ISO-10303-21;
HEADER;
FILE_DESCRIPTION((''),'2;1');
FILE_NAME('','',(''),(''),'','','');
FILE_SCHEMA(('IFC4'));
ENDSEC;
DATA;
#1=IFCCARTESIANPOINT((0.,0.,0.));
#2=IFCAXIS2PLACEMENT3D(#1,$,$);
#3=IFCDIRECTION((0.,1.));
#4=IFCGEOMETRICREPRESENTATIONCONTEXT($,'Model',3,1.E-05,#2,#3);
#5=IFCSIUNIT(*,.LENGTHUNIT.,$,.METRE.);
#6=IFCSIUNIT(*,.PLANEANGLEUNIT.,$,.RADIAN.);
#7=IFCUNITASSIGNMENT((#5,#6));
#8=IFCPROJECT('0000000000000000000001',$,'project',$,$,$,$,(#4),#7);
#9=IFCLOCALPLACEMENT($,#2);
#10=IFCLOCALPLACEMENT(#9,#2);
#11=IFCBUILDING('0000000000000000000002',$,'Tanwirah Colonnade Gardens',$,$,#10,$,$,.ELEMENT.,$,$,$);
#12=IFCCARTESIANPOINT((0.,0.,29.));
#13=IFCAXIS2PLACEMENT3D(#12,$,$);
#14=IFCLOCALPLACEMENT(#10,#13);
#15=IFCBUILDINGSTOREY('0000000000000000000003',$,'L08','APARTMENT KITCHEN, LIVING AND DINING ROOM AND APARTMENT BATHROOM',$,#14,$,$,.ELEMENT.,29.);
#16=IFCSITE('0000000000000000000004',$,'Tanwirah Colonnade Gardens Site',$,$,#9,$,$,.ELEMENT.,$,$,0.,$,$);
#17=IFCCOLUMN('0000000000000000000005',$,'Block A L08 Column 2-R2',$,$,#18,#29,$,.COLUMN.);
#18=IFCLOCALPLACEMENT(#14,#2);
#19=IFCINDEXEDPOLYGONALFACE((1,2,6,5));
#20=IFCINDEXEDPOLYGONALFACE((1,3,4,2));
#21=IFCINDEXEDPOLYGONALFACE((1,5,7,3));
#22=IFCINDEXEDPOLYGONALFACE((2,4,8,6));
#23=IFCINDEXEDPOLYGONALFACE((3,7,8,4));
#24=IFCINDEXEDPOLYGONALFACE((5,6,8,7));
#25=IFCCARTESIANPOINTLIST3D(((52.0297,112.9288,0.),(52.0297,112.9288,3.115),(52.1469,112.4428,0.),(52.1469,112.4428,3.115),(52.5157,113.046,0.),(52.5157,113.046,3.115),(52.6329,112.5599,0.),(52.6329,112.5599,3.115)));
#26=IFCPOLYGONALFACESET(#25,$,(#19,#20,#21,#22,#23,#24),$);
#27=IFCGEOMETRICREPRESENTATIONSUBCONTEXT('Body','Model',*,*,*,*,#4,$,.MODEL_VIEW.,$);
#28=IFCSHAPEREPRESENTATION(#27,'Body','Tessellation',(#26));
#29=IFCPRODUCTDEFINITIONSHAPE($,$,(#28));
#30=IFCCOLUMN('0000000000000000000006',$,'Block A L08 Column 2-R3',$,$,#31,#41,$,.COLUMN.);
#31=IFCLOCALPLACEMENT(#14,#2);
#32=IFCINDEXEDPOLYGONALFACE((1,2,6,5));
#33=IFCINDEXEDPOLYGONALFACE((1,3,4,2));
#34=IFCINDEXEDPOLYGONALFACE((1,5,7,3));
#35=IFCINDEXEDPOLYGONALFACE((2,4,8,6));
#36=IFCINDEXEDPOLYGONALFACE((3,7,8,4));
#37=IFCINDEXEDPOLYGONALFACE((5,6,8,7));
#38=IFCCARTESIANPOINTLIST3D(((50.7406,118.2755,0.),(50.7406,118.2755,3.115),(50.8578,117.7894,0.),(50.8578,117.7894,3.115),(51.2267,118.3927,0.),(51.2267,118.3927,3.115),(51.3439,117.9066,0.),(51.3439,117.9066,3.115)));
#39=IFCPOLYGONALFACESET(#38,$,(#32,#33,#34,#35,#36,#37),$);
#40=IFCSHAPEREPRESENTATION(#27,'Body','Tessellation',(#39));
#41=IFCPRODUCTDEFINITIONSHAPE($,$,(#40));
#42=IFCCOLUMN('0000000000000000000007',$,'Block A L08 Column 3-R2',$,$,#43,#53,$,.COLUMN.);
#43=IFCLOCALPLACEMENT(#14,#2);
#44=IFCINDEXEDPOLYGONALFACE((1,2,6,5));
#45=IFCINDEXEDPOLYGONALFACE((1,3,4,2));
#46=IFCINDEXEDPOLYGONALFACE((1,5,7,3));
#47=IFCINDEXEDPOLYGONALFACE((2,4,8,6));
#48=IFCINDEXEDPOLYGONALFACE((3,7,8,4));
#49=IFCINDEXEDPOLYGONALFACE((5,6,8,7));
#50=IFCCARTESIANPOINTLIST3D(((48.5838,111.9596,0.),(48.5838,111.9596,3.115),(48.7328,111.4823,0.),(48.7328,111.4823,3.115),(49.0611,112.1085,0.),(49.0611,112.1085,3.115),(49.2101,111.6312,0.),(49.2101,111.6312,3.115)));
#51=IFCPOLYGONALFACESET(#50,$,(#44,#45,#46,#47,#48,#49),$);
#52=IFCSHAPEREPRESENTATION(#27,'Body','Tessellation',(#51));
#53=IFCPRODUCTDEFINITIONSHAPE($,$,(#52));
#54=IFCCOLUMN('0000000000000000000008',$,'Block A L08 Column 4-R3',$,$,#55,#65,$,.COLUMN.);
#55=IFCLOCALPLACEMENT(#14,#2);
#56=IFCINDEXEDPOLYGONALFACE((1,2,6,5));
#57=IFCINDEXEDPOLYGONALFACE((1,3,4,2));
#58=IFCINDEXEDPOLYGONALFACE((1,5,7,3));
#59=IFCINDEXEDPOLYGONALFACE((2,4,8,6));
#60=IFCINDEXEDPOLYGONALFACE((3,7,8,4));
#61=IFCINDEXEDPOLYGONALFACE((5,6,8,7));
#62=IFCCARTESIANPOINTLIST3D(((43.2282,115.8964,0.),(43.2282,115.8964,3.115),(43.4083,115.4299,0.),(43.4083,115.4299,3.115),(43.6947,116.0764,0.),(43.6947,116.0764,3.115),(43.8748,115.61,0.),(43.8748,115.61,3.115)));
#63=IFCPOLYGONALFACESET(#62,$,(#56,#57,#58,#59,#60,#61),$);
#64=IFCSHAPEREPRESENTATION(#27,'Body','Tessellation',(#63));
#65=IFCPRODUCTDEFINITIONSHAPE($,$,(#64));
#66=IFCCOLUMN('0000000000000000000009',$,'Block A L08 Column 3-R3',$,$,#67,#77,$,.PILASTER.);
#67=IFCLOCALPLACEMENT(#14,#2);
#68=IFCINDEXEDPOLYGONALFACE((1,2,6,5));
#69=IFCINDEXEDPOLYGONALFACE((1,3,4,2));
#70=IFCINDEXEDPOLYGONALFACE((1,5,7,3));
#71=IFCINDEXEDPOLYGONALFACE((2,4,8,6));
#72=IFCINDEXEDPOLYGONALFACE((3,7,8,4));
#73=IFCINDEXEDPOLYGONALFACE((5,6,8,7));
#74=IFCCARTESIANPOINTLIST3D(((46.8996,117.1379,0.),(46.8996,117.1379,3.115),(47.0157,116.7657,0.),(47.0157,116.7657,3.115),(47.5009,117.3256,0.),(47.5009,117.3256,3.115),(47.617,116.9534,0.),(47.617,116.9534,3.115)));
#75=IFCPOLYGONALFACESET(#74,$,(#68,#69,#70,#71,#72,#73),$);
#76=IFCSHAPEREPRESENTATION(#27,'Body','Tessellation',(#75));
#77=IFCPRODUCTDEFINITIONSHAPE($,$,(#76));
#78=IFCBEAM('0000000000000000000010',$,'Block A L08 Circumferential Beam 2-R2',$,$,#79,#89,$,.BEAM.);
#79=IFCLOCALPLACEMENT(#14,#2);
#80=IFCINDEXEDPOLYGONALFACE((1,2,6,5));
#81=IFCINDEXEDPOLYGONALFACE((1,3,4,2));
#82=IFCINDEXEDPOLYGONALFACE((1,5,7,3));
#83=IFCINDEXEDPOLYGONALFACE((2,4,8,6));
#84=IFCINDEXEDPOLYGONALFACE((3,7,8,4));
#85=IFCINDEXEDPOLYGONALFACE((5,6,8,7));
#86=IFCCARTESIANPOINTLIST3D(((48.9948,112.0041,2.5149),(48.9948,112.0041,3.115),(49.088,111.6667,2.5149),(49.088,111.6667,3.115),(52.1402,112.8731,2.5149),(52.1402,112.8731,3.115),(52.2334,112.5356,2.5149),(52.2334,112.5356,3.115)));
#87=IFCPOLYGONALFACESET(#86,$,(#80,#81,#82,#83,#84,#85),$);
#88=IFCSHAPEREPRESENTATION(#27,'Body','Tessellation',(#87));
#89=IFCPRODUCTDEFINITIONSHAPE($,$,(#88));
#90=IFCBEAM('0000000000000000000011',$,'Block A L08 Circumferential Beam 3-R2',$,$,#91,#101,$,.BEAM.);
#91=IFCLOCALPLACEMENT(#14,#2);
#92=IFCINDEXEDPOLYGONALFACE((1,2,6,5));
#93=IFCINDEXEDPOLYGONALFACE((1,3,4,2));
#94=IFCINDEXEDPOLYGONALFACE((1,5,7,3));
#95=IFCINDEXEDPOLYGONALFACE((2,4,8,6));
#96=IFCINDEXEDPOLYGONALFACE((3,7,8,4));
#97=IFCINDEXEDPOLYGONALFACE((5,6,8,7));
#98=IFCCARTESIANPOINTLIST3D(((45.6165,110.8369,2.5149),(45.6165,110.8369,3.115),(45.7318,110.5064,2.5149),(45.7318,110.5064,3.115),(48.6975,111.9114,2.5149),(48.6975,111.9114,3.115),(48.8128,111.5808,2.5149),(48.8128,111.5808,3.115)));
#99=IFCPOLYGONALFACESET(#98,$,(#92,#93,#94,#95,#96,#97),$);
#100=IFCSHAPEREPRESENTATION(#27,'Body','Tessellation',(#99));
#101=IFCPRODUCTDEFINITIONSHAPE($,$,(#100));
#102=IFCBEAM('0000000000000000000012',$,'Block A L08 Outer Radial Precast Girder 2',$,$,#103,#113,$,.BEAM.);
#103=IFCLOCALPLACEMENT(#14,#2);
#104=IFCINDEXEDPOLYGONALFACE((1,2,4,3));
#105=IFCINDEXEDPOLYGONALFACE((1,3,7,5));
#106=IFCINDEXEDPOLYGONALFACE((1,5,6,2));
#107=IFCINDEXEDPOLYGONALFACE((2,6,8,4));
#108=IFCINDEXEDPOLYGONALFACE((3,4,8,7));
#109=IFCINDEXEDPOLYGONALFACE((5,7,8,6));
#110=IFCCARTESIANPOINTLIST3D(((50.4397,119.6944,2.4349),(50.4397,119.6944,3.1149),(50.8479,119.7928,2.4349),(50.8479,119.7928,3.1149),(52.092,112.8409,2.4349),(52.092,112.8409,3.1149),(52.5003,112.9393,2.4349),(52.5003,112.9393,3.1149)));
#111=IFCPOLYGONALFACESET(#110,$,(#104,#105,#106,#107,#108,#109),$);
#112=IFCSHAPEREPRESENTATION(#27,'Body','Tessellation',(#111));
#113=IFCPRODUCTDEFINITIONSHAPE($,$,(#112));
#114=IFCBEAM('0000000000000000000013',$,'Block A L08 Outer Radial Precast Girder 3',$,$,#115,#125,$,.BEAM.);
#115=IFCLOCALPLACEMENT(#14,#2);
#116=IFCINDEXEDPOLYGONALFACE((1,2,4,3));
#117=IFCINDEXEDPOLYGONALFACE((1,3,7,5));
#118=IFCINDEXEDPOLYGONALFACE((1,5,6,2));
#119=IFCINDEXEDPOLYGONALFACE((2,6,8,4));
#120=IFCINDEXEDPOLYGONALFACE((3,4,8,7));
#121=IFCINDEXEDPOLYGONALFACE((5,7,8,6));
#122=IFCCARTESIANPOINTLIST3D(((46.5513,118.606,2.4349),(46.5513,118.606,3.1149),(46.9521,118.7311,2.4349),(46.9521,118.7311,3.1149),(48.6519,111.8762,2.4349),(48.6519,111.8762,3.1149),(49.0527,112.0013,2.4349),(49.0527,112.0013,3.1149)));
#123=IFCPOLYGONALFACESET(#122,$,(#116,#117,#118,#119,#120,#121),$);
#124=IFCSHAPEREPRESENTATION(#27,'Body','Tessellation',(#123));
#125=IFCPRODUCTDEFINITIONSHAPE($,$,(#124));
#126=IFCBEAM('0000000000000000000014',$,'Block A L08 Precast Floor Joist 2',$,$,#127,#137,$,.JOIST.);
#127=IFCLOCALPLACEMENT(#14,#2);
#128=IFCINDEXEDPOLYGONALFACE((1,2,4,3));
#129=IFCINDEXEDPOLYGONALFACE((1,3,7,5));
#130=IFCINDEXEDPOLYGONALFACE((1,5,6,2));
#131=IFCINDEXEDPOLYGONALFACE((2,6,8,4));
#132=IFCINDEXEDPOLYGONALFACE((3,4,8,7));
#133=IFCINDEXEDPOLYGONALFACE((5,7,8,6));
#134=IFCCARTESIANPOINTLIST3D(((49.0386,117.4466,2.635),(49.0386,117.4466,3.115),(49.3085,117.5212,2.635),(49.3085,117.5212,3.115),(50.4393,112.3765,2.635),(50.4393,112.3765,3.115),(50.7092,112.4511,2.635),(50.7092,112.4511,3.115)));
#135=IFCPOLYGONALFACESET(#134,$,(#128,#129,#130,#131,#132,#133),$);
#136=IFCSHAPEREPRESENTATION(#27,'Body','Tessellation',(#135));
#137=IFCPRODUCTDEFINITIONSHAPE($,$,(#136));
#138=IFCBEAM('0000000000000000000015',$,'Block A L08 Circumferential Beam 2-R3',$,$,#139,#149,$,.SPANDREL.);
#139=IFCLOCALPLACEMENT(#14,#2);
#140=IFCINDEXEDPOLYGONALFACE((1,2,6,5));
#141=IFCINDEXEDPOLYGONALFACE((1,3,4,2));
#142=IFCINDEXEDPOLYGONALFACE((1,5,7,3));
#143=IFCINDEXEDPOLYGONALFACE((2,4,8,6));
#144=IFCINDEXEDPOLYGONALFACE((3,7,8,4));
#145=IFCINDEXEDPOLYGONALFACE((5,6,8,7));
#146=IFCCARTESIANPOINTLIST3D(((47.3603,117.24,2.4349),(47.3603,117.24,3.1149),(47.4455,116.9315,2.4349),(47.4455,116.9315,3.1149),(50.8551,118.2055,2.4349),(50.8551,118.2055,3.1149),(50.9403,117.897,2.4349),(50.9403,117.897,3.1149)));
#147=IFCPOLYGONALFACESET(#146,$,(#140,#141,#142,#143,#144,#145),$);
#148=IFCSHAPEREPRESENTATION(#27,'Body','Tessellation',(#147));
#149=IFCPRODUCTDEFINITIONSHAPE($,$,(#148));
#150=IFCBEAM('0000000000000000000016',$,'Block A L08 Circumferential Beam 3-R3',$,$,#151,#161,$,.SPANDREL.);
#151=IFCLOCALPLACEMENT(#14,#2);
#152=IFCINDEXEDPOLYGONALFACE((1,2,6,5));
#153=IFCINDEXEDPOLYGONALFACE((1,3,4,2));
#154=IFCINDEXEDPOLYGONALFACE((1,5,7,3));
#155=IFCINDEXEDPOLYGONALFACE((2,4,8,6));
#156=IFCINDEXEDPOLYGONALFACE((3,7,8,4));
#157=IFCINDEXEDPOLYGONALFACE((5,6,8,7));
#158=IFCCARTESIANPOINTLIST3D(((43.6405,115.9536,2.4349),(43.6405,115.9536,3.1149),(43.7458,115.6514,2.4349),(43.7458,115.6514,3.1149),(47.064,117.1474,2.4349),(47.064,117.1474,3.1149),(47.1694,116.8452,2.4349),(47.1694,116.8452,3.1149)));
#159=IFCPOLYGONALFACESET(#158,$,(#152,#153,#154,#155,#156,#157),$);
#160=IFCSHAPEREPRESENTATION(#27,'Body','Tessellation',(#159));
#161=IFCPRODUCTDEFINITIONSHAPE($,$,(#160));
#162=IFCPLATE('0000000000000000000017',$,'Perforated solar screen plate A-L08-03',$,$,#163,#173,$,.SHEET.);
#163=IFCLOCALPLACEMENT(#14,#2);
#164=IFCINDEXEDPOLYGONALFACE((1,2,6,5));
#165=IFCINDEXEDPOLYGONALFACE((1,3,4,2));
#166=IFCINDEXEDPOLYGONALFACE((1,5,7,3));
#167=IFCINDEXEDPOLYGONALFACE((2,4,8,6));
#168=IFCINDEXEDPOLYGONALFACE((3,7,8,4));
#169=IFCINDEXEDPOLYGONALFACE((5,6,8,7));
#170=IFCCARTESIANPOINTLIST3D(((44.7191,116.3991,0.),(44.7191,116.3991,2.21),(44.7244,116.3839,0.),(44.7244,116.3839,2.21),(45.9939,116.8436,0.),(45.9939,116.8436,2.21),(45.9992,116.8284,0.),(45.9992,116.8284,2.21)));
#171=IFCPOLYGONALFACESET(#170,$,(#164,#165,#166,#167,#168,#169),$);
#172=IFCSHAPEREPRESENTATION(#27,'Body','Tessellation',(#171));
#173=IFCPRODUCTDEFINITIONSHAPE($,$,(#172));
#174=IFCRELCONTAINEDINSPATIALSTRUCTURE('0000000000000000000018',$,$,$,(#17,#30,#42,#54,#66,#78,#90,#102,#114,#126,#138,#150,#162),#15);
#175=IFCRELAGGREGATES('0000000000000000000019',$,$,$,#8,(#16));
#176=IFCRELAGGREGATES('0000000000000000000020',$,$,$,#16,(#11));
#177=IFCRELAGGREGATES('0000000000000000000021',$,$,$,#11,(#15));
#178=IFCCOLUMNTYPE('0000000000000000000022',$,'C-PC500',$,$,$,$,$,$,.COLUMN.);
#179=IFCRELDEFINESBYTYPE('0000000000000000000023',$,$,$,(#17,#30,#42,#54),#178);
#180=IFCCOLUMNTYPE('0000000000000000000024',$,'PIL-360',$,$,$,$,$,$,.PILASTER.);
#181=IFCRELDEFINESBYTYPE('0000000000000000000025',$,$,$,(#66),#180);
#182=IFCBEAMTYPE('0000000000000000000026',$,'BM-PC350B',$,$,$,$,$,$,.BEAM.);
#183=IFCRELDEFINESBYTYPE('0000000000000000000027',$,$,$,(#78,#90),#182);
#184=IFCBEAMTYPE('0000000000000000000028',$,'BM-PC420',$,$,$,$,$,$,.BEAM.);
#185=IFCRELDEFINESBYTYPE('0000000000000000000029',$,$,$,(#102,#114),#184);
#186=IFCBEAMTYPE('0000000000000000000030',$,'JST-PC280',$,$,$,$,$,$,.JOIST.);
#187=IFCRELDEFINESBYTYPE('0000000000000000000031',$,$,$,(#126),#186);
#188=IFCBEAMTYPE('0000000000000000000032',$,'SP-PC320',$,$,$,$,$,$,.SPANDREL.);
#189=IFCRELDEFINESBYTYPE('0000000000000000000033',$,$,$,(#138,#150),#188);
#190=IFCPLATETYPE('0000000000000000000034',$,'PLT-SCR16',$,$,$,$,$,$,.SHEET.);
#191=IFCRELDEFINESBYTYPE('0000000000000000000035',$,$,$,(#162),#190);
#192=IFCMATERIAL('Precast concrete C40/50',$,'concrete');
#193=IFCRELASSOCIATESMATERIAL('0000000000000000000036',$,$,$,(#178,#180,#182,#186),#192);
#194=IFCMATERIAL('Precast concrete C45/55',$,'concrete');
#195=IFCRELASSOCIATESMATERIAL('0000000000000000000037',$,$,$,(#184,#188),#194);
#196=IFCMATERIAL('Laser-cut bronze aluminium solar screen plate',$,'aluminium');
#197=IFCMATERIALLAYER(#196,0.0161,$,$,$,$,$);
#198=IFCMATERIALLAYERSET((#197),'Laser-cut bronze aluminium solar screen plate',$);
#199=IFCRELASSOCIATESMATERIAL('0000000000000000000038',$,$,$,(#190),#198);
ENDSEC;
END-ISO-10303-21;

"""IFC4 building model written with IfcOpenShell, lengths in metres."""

from ifc_helpers import new_model, si_unit, direction, frame, origin, origin_2d, place, context, subcontext, project, spatial, rectangle, extrude, material, layer, layer_set, material_profile, profile_set, type_object, element, save


model = new_model("IFC4")

# Units and contexts
model_context = context("Model", 3, precision=1e-05, world=origin(), true_north=direction((0.0, 1.0)))
body_context = subcontext(model_context, "Body", "Model", "MODEL_VIEW")
ifc_project = project(units=[si_unit("LENGTHUNIT", "METRE"), si_unit("PLANEANGLEUNIT", "RADIAN")], contexts=[model_context])

# Site, building, storey
site_placement = place(None, origin())
site = spatial("IfcSite", under=ifc_project, at=site_placement, Name="Tanwirah Colonnade Gardens Site", CompositionType="ELEMENT", RefElevation=0.0)
building_placement = place(site_placement, origin())
building = spatial("IfcBuilding", under=site, at=building_placement, Name="Tanwirah Colonnade Gardens", CompositionType="ELEMENT")
storey_placement = place(building_placement, frame((0.0, 0.0, 29.0)))
storey = spatial("IfcBuildingStorey", under=building, at=storey_placement, Name="L08", Description="APARTMENT KITCHEN, LIVING AND DINING ROOM AND APARTMENT BATHROOM", CompositionType="ELEMENT", Elevation=29.0)

# Columns
ifc_material_1 = material(Name="Precast concrete C40/50", Category="concrete")
ifc_material_profile_1 = material_profile(ifc_material_1, rectangle(XDim=0.5, YDim=0.5, at=origin_2d()), Name="PC-COL 500x500")
ifc_profile_set_1 = profile_set([ifc_material_profile_1], Name="Precast concrete C40/50")
column_type_1 = type_object("IfcColumnType", Name="C-PC500", PredefinedType="COLUMN", material=ifc_profile_set_1)
for number, where, z_axis, x_axis, name in (
    (1, (52.3313, 112.7444, 0.0), (0.0, 0.0, 1.0), (-0.234388, 0.972143, 0.0), "Block A L08 Column 2-R2"),
    (2, (51.0422, 118.0911, 0.0), (0.0, 0.0, 1.0), (-0.234388, 0.972143, 0.0), "Block A L08 Column 2-R3"),
    (3, (48.897, 111.7954, 0.0), (0.0, 0.0, 1.0), (-0.29793, 0.954588, 0.0), "Block A L08 Column 3-R2"),
    (4, (43.5515, 115.7532, 0.0), (0.0, 0.0, 1.0), (-0.360178, 0.932884, 0.0), "Block A L08 Column 4-R3"),
):
    element("IfcColumn", number, at=place(storey_placement, frame(where, z_axis=z_axis, x_axis=x_axis)), inside=storey, type_object=column_type_1, Name=name, PredefinedType="COLUMN", context=body_context, shape_type="SweptSolid", body=[
        extrude(rectangle(XDim=0.5, YDim=0.5, at=origin_2d()), origin(), (0.0, 0.0, 1.0), 3.115),
    ])
ifc_material_profile_2 = material_profile(ifc_material_1, rectangle(XDim=0.3899, YDim=0.6299, at=origin_2d()), Name="PC-PIL 390x630")
ifc_profile_set_2 = profile_set([ifc_material_profile_2], Name="Precast concrete C40/50")
column_type_2 = type_object("IfcColumnType", Name="PIL-360", PredefinedType="PILASTER", material=ifc_profile_set_2)
column_placement = place(storey_placement, frame((47.2583, 117.0457, 0.0), z_axis=(0.0, 0.0, 1.0), x_axis=(-0.29793, 0.954588, 0.0)))
element("IfcColumn", 5, at=column_placement, inside=storey, type_object=column_type_2, Name="Block A L08 Column 3-R3", PredefinedType="PILASTER", context=body_context, shape_type="SweptSolid", body=[
    extrude(rectangle(XDim=0.3899, YDim=0.6299, at=origin_2d()), origin(), (0.0, 0.0, 1.0), 3.115),
])

# Beams
ifc_material_profile_3 = material_profile(ifc_material_1, rectangle(XDim=0.3501, YDim=0.6001, at=origin_2d()), Name="PC-BM 350x600")
ifc_profile_set_3 = profile_set([ifc_material_profile_3], Name="Precast concrete C40/50")
beam_type_1 = type_object("IfcBeamType", Name="BM-PC350B", PredefinedType="BEAM", material=ifc_profile_set_3)
beam_1_placement = place(storey_placement, frame((52.1868, 112.7043, 2.8149), z_axis=(-0.963895, -0.266281, 0.0), x_axis=(0.266281, -0.963895, 0.0)))
element("IfcBeam", 6, at=beam_1_placement, inside=storey, type_object=beam_type_1, Name="Block A L08 Circumferential Beam 2-R2", PredefinedType="BEAM", context=body_context, shape_type="SweptSolid", body=[
    extrude(rectangle(XDim=0.3501, YDim=0.6001, at=origin_2d()), origin(), (0.0, 0.0, 1.0), 3.2632),
])
beam_2_placement = place(storey_placement, frame((48.7551, 111.7461, 2.8149), z_axis=(-0.944231, -0.329284, 0.0), x_axis=(0.329284, -0.944231, 0.0)))
element("IfcBeam", 7, at=beam_2_placement, inside=storey, type_object=beam_type_1, Name="Block A L08 Circumferential Beam 3-R2", PredefinedType="BEAM", context=body_context, shape_type="SweptSolid", body=[
    extrude(rectangle(XDim=0.3501, YDim=0.6001, at=origin_2d()), origin(), (0.0, 0.0, 1.0), 3.2629),
])
ifc_material_2 = material(Name="Precast concrete C45/55", Category="concrete")
ifc_material_profile_4 = material_profile(ifc_material_2, rectangle(XDim=0.4199, YDim=0.6799, at=origin_2d()), Name="PC-BM 420x680")
ifc_profile_set_4 = profile_set([ifc_material_profile_4], Name="Precast concrete C45/55")
beam_type_2 = type_object("IfcBeamType", Name="BM-PC420", PredefinedType="BEAM", material=ifc_profile_set_4)
beam_3_placement = place(storey_placement, frame((52.2961, 112.8901, 2.7749), z_axis=(-0.234379, 0.972145, 0.0), x_axis=(-0.972145, -0.234379, 0.0)))
element("IfcBeam", 8, at=beam_3_placement, inside=storey, type_object=beam_type_2, Name="Block A L08 Outer Radial Precast Girder 2", PredefinedType="BEAM", context=body_context, shape_type="SweptSolid", body=[
    extrude(rectangle(XDim=0.4199, YDim=0.6799, at=origin_2d()), origin(), (0.0, 0.0, 1.0), 7.0498),
])
beam_4_placement = place(storey_placement, frame((48.8523, 111.9387, 2.7749), z_axis=(-0.297958, 0.954579, 0.0), x_axis=(-0.954579, -0.297958, 0.0)))
element("IfcBeam", 9, at=beam_4_placement, inside=storey, type_object=beam_type_2, Name="Block A L08 Outer Radial Precast Girder 3", PredefinedType="BEAM", context=body_context, shape_type="SweptSolid", body=[
    extrude(rectangle(XDim=0.4199, YDim=0.6799, at=origin_2d()), origin(), (0.0, 0.0, 1.0), 7.05),
])
ifc_material_profile_5 = material_profile(ifc_material_1, rectangle(XDim=0.28, YDim=0.48, at=origin_2d()), Name="PC-JST 280x480")
ifc_profile_set_5 = profile_set([ifc_material_profile_5], Name="Precast concrete C40/50")
beam_type_3 = type_object("IfcBeamType", Name="JST-PC280", PredefinedType="JOIST", material=ifc_profile_set_5)
beam_5_placement = place(storey_placement, frame((50.5742, 112.4138, 2.875), z_axis=(-0.266281, 0.963895, 0.0), x_axis=(-0.963895, -0.266281, 0.0)))
element("IfcBeam", 10, at=beam_5_placement, inside=storey, type_object=beam_type_3, Name="Block A L08 Precast Floor Joist 2", PredefinedType="JOIST", context=body_context, shape_type="SweptSolid", body=[
    extrude(rectangle(XDim=0.28, YDim=0.48, at=origin_2d()), origin(), (0.0, 0.0, 1.0), 5.26),
])
ifc_material_profile_6 = material_profile(ifc_material_2, rectangle(XDim=0.3201, YDim=0.6799, at=origin_2d()), Name="PC-SP 320x680")
ifc_profile_set_6 = profile_set([ifc_material_profile_6], Name="Precast concrete C45/55")
beam_type_4 = type_object("IfcBeamType", Name="SP-PC320", PredefinedType="SPANDREL", material=ifc_profile_set_6)
for number, where, z_axis, x_axis, name in (
    (11, (50.8977, 118.0513, 2.7749), (-0.963888, -0.266307, 0.0), (0.266307, -0.963888, 0.0), "Block A L08 Circumferential Beam 2-R3"),
    (12, (47.1167, 116.9963, 2.7749), (-0.944237, -0.329267, 0.0), (0.329267, -0.944237, 0.0), "Block A L08 Circumferential Beam 3-R3"),
):
    element("IfcBeam", number, at=place(storey_placement, frame(where, z_axis=z_axis, x_axis=x_axis)), inside=storey, type_object=beam_type_4, Name=name, PredefinedType="SPANDREL", context=body_context, shape_type="SweptSolid", body=[
        extrude(rectangle(XDim=0.3201, YDim=0.6799, at=origin_2d()), origin(), (0.0, 0.0, 1.0), 3.6257),
    ])

# Plate
ifc_material_3 = material(Name="Laser-cut bronze aluminium solar screen plate", Category="aluminium")
ifc_layer_1 = layer(ifc_material_3, 0.0161)
ifc_layer_set_1 = layer_set([ifc_layer_1], Name="Laser-cut bronze aluminium solar screen plate")
plate_type = type_object("IfcPlateType", Name="PLT-SCR16", PredefinedType="SHEET", material=ifc_layer_set_1)
plate_placement = place(storey_placement, frame((45.3591, 116.6138, 0.0), z_axis=(0.0, 0.0, 1.0), x_axis=(-0.944249, -0.329232, 0.0)))
element("IfcPlate", 13, at=plate_placement, inside=storey, type_object=plate_type, Name="Perforated solar screen plate A-L08-03", PredefinedType="SHEET", context=body_context, shape_type="SweptSolid", body=[
    extrude(rectangle(XDim=1.3501, YDim=0.0161, at=origin_2d()), origin(), (0.0, 0.0, 1.0), 2.21),
])

save(model, "model.ifc")
